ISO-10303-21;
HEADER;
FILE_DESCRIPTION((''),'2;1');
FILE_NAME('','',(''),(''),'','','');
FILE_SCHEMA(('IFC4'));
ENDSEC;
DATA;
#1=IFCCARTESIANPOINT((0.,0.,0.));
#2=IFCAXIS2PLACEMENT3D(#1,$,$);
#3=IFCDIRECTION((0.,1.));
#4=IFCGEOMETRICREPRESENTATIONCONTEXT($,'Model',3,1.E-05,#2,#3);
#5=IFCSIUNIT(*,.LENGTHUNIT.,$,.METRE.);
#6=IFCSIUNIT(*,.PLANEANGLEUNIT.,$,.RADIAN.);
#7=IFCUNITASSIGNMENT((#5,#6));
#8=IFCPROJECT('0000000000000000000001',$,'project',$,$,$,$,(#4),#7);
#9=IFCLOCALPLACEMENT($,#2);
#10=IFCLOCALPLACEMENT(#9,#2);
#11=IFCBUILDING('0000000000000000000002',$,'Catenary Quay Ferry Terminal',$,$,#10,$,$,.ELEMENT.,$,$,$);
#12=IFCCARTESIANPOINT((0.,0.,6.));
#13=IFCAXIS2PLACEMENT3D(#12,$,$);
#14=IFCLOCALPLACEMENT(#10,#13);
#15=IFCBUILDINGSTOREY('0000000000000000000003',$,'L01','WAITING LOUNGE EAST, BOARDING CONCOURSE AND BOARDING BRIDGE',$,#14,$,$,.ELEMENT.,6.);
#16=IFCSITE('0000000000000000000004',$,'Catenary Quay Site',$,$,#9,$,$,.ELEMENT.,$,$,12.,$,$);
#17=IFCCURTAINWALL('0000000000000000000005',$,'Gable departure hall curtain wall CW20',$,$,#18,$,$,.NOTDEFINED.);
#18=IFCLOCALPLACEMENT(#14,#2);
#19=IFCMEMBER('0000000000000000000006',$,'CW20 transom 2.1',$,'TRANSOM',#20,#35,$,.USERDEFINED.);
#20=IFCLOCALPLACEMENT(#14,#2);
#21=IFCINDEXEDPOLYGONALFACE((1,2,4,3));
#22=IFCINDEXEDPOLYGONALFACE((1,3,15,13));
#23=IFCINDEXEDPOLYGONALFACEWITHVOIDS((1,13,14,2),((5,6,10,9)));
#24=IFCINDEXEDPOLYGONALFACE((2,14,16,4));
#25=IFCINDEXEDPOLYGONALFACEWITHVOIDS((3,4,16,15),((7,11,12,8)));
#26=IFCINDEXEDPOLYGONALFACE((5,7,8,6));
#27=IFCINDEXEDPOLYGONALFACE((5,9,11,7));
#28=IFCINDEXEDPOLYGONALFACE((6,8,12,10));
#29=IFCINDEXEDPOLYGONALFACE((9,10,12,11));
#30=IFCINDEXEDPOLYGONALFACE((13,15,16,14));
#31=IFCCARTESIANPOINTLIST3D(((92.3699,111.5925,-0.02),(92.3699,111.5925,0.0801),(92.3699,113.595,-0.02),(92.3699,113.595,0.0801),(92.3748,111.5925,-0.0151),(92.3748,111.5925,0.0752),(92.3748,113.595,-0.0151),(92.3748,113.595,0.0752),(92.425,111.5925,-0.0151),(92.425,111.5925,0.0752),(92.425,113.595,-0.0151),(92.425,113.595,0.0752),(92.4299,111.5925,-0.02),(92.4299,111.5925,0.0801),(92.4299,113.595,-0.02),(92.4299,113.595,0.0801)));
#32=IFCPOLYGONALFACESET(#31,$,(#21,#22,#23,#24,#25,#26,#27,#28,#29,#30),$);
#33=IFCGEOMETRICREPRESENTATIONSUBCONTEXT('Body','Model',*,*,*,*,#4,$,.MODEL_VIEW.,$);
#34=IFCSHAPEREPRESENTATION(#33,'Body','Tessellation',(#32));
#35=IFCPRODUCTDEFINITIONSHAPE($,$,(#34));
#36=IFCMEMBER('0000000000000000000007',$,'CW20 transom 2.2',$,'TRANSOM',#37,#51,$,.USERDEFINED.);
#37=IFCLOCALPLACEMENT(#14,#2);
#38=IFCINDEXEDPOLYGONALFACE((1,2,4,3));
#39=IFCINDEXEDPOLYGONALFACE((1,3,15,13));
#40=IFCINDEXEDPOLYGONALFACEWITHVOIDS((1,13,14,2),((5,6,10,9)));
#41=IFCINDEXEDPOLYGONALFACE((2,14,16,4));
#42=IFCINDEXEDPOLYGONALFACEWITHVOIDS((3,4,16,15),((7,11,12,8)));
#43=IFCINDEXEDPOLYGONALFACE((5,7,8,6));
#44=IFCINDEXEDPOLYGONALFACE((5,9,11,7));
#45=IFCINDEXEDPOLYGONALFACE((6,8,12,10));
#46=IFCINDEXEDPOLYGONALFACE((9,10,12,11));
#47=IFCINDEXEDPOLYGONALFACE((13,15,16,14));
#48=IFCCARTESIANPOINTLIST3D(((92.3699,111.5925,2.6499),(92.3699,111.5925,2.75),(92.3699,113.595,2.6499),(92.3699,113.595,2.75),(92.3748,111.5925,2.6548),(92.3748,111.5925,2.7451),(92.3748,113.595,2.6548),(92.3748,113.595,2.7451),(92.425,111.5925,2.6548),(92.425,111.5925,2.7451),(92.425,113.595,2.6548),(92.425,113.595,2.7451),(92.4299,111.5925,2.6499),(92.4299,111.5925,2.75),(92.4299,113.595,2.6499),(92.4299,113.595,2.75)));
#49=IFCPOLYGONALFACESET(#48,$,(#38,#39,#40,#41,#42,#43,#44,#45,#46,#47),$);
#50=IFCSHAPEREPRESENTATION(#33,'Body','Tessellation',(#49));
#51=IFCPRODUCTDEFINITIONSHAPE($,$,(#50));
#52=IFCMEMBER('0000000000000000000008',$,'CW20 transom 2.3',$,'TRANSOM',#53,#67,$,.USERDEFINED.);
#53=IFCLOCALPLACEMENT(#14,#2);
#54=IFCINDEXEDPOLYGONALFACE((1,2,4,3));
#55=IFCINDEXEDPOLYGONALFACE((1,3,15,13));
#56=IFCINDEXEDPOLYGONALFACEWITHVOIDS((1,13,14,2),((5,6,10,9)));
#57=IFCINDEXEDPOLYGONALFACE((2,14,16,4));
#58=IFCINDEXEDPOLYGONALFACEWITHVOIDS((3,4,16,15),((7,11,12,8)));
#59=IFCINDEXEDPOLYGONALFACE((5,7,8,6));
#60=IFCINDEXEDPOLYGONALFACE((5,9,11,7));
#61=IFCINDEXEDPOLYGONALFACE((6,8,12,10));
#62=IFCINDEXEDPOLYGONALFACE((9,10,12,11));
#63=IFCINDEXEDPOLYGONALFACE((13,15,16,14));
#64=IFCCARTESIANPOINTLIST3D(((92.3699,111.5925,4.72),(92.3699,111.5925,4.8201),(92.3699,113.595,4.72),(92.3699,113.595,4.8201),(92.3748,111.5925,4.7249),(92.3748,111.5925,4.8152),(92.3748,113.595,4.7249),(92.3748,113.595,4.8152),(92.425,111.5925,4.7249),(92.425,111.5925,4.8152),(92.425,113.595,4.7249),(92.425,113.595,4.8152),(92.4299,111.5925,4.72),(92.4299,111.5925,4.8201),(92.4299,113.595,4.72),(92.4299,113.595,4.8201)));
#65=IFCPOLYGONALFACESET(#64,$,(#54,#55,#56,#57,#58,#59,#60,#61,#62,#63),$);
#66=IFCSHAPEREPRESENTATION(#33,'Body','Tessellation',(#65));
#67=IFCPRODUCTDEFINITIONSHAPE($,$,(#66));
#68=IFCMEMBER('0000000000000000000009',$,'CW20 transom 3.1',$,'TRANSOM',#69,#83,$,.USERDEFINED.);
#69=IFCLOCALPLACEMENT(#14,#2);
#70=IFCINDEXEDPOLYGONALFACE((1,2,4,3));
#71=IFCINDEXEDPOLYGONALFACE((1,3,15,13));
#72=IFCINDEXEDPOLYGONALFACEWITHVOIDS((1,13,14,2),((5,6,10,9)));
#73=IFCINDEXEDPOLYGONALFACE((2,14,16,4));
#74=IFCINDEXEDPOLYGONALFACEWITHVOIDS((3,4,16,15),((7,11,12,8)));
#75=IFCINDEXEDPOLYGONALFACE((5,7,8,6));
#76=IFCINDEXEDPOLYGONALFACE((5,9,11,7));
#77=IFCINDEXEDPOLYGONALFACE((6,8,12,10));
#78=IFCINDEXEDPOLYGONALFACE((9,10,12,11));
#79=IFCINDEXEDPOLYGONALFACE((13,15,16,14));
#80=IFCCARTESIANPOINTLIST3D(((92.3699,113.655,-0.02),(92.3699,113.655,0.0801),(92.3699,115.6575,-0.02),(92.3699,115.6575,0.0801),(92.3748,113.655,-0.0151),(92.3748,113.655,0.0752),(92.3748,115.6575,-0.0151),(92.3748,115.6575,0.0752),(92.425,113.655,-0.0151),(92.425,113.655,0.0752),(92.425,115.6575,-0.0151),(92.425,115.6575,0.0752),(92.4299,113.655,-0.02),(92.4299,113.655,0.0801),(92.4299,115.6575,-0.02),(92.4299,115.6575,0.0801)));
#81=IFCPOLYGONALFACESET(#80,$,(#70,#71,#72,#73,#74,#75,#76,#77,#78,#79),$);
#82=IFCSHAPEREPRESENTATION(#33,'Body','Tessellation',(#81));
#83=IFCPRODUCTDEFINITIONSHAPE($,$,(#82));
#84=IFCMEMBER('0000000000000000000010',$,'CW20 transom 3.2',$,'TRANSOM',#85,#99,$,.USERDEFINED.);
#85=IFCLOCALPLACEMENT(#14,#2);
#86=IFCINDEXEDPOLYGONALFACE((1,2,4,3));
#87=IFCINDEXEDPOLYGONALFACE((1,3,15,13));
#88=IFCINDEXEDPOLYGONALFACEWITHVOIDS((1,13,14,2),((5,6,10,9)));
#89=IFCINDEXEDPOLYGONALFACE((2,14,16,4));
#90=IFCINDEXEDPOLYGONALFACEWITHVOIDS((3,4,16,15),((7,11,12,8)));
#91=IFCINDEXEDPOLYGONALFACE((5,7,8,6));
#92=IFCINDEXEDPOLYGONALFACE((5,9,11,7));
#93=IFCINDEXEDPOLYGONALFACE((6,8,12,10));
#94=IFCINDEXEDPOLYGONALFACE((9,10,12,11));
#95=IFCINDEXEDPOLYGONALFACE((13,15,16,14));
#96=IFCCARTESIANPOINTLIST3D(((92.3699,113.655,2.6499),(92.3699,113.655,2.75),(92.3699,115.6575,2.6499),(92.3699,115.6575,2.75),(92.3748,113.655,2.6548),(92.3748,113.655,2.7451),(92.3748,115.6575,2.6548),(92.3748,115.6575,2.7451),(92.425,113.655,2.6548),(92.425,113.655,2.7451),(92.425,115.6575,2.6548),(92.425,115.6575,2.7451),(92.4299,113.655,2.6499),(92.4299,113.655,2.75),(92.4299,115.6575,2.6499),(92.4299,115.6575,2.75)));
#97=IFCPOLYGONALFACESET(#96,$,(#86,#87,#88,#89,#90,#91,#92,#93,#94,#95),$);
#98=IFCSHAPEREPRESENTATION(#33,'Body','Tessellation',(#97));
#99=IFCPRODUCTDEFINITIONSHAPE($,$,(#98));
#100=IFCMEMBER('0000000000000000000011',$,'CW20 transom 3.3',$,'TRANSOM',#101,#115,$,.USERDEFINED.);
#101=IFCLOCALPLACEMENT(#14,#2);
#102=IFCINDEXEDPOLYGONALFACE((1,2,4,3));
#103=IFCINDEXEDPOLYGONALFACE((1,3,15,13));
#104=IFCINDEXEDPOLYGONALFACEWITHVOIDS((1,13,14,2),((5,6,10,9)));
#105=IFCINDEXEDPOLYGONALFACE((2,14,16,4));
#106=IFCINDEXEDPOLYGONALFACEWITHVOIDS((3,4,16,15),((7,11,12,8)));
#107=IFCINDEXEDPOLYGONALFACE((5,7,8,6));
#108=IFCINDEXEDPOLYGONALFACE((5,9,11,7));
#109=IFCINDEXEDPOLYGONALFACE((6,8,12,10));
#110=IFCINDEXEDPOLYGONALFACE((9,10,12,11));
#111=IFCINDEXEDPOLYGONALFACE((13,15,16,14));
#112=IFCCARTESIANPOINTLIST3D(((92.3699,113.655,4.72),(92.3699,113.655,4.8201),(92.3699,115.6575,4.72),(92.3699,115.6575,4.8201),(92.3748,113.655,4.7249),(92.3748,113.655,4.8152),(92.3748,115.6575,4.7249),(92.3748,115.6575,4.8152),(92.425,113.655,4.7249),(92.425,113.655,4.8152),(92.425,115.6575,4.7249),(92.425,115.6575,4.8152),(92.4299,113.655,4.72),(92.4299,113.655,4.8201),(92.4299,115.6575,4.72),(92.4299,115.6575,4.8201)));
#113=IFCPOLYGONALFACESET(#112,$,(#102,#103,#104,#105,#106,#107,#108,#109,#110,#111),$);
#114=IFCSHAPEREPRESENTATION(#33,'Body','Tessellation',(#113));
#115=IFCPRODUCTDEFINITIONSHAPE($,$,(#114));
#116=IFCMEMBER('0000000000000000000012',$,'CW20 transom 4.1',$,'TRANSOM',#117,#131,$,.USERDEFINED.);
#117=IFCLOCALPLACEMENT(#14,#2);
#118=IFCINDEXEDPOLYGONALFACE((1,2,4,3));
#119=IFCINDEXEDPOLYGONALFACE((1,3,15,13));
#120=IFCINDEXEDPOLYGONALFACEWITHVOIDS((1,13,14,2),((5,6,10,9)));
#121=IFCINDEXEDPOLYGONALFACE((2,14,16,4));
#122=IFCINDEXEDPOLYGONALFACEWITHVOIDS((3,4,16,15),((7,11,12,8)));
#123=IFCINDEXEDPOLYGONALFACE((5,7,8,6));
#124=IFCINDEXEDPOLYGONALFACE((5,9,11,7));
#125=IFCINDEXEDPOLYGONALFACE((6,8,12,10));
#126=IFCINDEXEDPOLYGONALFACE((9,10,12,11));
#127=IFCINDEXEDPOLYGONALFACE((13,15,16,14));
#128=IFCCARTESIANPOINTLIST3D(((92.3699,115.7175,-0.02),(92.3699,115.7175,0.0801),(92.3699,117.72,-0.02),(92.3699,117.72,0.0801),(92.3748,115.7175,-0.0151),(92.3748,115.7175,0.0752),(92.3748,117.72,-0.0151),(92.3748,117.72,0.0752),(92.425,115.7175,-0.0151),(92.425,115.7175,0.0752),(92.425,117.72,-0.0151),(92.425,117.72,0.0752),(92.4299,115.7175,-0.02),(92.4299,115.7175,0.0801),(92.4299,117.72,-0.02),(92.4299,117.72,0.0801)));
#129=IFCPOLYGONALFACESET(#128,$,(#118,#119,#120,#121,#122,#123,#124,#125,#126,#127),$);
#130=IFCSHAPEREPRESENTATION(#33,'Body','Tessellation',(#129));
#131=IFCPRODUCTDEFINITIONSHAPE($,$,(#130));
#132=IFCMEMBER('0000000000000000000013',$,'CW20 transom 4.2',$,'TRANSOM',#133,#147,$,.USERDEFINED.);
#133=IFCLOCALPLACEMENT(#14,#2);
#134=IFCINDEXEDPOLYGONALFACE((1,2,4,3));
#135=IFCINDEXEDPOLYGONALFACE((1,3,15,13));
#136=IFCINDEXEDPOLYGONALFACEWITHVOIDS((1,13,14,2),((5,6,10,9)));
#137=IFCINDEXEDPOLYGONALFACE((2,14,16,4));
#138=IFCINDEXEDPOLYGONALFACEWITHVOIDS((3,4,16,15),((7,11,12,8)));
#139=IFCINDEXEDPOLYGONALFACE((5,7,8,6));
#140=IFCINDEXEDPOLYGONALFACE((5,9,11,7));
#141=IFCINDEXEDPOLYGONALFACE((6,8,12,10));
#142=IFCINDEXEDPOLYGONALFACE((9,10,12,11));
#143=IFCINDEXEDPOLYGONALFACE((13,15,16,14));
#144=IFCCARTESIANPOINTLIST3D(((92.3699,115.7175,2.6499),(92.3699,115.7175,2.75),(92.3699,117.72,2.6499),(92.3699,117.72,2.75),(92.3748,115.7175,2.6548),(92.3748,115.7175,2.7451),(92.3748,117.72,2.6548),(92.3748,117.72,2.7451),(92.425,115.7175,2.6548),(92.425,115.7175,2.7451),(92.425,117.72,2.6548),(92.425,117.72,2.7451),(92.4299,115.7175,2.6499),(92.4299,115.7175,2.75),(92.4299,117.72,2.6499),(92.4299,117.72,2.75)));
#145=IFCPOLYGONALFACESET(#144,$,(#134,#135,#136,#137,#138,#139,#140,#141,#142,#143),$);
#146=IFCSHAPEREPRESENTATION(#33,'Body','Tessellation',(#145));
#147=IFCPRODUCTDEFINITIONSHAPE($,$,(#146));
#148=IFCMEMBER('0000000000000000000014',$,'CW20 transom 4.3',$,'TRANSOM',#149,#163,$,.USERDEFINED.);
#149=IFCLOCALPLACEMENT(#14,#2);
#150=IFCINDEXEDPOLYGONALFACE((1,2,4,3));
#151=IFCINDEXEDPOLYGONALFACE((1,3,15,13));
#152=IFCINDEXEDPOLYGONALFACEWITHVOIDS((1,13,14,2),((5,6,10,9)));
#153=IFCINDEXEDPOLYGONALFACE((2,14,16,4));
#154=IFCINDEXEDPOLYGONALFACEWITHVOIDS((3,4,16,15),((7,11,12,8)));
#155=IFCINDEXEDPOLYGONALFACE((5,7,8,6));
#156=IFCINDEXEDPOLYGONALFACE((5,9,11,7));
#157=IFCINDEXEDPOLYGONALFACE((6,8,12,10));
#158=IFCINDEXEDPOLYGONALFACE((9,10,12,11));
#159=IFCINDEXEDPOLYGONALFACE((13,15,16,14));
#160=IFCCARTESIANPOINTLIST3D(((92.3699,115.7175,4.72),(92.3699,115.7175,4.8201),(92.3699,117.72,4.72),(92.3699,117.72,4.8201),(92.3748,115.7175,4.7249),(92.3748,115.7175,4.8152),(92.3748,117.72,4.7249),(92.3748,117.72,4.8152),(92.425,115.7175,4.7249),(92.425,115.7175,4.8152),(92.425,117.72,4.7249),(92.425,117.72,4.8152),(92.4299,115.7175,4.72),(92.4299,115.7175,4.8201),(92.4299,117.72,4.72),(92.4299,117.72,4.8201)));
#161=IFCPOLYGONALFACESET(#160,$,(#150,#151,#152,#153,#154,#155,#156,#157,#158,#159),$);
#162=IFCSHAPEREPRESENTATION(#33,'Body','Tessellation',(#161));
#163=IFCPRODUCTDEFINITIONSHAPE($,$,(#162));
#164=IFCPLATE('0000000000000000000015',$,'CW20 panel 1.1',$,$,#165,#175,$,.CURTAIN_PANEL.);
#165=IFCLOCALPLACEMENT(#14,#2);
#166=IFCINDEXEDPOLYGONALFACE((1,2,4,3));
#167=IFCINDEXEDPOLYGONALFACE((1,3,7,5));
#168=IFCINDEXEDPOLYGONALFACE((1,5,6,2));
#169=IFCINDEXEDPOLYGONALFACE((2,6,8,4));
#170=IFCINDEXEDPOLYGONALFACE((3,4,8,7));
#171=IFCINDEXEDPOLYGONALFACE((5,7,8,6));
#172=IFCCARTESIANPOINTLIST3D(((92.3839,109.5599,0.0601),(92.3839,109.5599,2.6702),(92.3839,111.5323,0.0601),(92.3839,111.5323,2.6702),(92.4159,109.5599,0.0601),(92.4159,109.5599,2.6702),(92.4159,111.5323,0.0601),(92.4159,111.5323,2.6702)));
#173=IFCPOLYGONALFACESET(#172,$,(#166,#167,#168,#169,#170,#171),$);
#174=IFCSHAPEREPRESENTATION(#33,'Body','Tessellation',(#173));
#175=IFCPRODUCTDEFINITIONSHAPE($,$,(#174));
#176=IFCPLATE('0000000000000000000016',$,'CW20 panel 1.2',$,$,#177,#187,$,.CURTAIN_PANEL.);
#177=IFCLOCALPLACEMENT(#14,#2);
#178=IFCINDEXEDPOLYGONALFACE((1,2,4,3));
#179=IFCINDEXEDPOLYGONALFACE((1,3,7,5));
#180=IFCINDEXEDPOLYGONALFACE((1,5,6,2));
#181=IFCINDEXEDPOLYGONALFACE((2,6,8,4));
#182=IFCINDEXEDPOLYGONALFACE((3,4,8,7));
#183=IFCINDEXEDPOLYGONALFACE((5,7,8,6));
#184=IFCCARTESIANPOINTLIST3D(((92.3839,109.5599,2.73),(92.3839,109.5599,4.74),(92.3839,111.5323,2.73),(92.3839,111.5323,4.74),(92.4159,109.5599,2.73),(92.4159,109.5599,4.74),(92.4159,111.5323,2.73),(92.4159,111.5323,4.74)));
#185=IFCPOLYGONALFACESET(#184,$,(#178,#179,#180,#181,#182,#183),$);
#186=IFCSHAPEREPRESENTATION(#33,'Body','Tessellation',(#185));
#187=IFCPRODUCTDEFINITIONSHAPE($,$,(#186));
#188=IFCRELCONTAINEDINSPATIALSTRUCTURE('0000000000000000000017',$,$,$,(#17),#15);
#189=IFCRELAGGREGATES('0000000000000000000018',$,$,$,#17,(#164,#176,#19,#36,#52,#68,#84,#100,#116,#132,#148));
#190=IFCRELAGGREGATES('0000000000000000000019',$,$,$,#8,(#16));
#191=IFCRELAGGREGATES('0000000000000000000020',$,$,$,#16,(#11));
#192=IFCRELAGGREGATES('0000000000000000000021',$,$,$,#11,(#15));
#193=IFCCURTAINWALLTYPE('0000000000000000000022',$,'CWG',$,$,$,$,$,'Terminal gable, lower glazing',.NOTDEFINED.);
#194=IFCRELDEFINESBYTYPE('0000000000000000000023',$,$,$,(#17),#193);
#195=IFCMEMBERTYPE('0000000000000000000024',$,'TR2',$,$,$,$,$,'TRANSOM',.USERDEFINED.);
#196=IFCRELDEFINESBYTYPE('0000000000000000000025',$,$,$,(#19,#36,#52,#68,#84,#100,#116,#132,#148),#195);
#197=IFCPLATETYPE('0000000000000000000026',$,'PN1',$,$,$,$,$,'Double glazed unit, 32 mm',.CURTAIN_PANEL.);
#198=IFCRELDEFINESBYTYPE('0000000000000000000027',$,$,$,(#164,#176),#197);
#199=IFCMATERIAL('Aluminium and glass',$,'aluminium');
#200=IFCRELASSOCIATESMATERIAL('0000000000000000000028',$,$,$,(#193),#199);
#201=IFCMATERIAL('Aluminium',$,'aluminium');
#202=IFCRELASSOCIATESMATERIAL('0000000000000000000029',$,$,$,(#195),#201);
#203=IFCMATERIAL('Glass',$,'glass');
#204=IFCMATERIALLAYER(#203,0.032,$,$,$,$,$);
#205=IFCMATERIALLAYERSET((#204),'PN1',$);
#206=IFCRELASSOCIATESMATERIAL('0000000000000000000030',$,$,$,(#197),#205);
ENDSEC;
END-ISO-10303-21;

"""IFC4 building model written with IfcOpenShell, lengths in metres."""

from ifc_helpers import new_model, si_unit, direction, frame, origin, origin_2d, place, context, subcontext, project, spatial, rectangle, hollow_rectangle, extrude, material, layer, layer_set, material_profile, profile_set, type_object, element, aggregate, save


model = new_model("IFC4")

# Units and contexts
model_context = context("Model", 3, precision=1e-05, world=origin(), true_north=direction((0.0, 1.0)))
body_context = subcontext(model_context, "Body", "Model", "MODEL_VIEW")
ifc_project = project(units=[si_unit("LENGTHUNIT", "METRE"), si_unit("PLANEANGLEUNIT", "RADIAN")], contexts=[model_context])

# Site, building, storey
site_placement = place(None, origin())
site = spatial("IfcSite", under=ifc_project, at=site_placement, Name="Catenary Quay Site", CompositionType="ELEMENT", RefElevation=12.0)
building_placement = place(site_placement, origin())
building = spatial("IfcBuilding", under=site, at=building_placement, Name="Catenary Quay Ferry Terminal", CompositionType="ELEMENT")
storey_placement = place(building_placement, frame((0.0, 0.0, 6.0)))
storey = spatial("IfcBuildingStorey", under=building, at=storey_placement, Name="L01", Description="WAITING LOUNGE EAST, BOARDING CONCOURSE AND BOARDING BRIDGE", CompositionType="ELEMENT", Elevation=6.0)

# Curtain wall, members, plates
ifc_material_1 = material(Name="Aluminium and glass", Category="aluminium")
curtain_wall_type = type_object("IfcCurtainWallType", Name="CWG", ElementType="Terminal gable, lower glazing", PredefinedType="NOTDEFINED", material=ifc_material_1)
curtain_wall_placement = place(storey_placement, origin())
curtain_wall = element("IfcCurtainWall", 1, at=curtain_wall_placement, inside=storey, type_object=curtain_wall_type, Name="Gable departure hall curtain wall CW20", PredefinedType="NOTDEFINED")
ifc_material_2 = material(Name="Aluminium", Category="aluminium")
ifc_material_profile_1 = material_profile(ifc_material_2, hollow_rectangle(XDim=0.0601, YDim=0.1001, WallThickness=0.0049, at=origin_2d()), Name="TR2")
ifc_profile_set_1 = profile_set([ifc_material_profile_1], Name="Aluminium")
member_type_1 = type_object("IfcMemberType", Name="TR2", ElementType="TRANSOM", PredefinedType="USERDEFINED", material=ifc_profile_set_1)
member_1_placement = place(storey_placement, frame((92.3999, 111.5925, 0.03), z_axis=(0.0, 1.0, 0.0), x_axis=(-1.0, 0.0, 0.0)))
member_1 = element("IfcMember", 2, at=member_1_placement, type_object=member_type_1, Name="CW20 transom 2.1", ObjectType="TRANSOM", PredefinedType="USERDEFINED", context=body_context, shape_type="SweptSolid", body=[
    extrude(hollow_rectangle(XDim=0.0601, YDim=0.1001, WallThickness=0.0049, at=origin_2d()), origin(), (0.0, 0.0, 1.0), 2.0024),
])
member_2_placement = place(storey_placement, frame((92.3999, 111.5925, 2.7), z_axis=(0.0, 1.0, 0.0), x_axis=(-1.0, 0.0, 0.0)))
member_2 = element("IfcMember", 3, at=member_2_placement, type_object=member_type_1, Name="CW20 transom 2.2", ObjectType="TRANSOM", PredefinedType="USERDEFINED", context=body_context, shape_type="SweptSolid", body=[
    extrude(hollow_rectangle(XDim=0.0601, YDim=0.1001, WallThickness=0.0049, at=origin_2d()), origin(), (0.0, 0.0, 1.0), 2.0024),
])
member_3_placement = place(storey_placement, frame((92.3999, 111.5925, 4.77), z_axis=(0.0, 1.0, 0.0), x_axis=(-1.0, 0.0, 0.0)))
member_3 = element("IfcMember", 4, at=member_3_placement, type_object=member_type_1, Name="CW20 transom 2.3", ObjectType="TRANSOM", PredefinedType="USERDEFINED", context=body_context, shape_type="SweptSolid", body=[
    extrude(hollow_rectangle(XDim=0.0601, YDim=0.1001, WallThickness=0.0049, at=origin_2d()), origin(), (0.0, 0.0, 1.0), 2.0024),
])
member_4_placement = place(storey_placement, frame((92.3999, 113.655, 0.03), z_axis=(0.0, 1.0, 0.0), x_axis=(-1.0, 0.0, 0.0)))
member_4 = element("IfcMember", 5, at=member_4_placement, type_object=member_type_1, Name="CW20 transom 3.1", ObjectType="TRANSOM", PredefinedType="USERDEFINED", context=body_context, shape_type="SweptSolid", body=[
    extrude(hollow_rectangle(XDim=0.0601, YDim=0.1001, WallThickness=0.0049, at=origin_2d()), origin(), (0.0, 0.0, 1.0), 2.0024),
])
member_5_placement = place(storey_placement, frame((92.3999, 113.655, 2.7), z_axis=(0.0, 1.0, 0.0), x_axis=(-1.0, 0.0, 0.0)))
member_5 = element("IfcMember", 6, at=member_5_placement, type_object=member_type_1, Name="CW20 transom 3.2", ObjectType="TRANSOM", PredefinedType="USERDEFINED", context=body_context, shape_type="SweptSolid", body=[
    extrude(hollow_rectangle(XDim=0.0601, YDim=0.1001, WallThickness=0.0049, at=origin_2d()), origin(), (0.0, 0.0, 1.0), 2.0024),
])
member_6_placement = place(storey_placement, frame((92.3999, 113.655, 4.77), z_axis=(0.0, 1.0, 0.0), x_axis=(-1.0, 0.0, 0.0)))
member_6 = element("IfcMember", 7, at=member_6_placement, type_object=member_type_1, Name="CW20 transom 3.3", ObjectType="TRANSOM", PredefinedType="USERDEFINED", context=body_context, shape_type="SweptSolid", body=[
    extrude(hollow_rectangle(XDim=0.0601, YDim=0.1001, WallThickness=0.0049, at=origin_2d()), origin(), (0.0, 0.0, 1.0), 2.0024),
])
member_7_placement = place(storey_placement, frame((92.3999, 115.7175, 0.03), z_axis=(0.0, 1.0, 0.0), x_axis=(-1.0, 0.0, 0.0)))
member_7 = element("IfcMember", 8, at=member_7_placement, type_object=member_type_1, Name="CW20 transom 4.1", ObjectType="TRANSOM", PredefinedType="USERDEFINED", context=body_context, shape_type="SweptSolid", body=[
    extrude(hollow_rectangle(XDim=0.0601, YDim=0.1001, WallThickness=0.0049, at=origin_2d()), origin(), (0.0, 0.0, 1.0), 2.0024),
])
member_8_placement = place(storey_placement, frame((92.3999, 115.7175, 2.7), z_axis=(0.0, 1.0, 0.0), x_axis=(-1.0, 0.0, 0.0)))
member_8 = element("IfcMember", 9, at=member_8_placement, type_object=member_type_1, Name="CW20 transom 4.2", ObjectType="TRANSOM", PredefinedType="USERDEFINED", context=body_context, shape_type="SweptSolid", body=[
    extrude(hollow_rectangle(XDim=0.0601, YDim=0.1001, WallThickness=0.0049, at=origin_2d()), origin(), (0.0, 0.0, 1.0), 2.0024),
])
member_9_placement = place(storey_placement, frame((92.3999, 115.7175, 4.77), z_axis=(0.0, 1.0, 0.0), x_axis=(-1.0, 0.0, 0.0)))
member_9 = element("IfcMember", 10, at=member_9_placement, type_object=member_type_1, Name="CW20 transom 4.3", ObjectType="TRANSOM", PredefinedType="USERDEFINED", context=body_context, shape_type="SweptSolid", body=[
    extrude(hollow_rectangle(XDim=0.0601, YDim=0.1001, WallThickness=0.0049, at=origin_2d()), origin(), (0.0, 0.0, 1.0), 2.0024),
])
ifc_material_3 = material(Name="Glass", Category="glass")
ifc_layer = layer(ifc_material_3, 0.032)
ifc_layer_set = layer_set([ifc_layer], Name="PN1")
plate_type = type_object("IfcPlateType", Name="PN1", ElementType="Double glazed unit, 32 mm", PredefinedType="CURTAIN_PANEL", material=ifc_layer_set)
plate_1_placement = place(storey_placement, frame((92.3999, 110.5461, 0.0601), z_axis=(0.0, 0.0, 1.0), x_axis=(0.0, 1.0, 0.0)))
plate_1 = element("IfcPlate", 11, at=plate_1_placement, type_object=plate_type, Name="CW20 panel 1.1", PredefinedType="CURTAIN_PANEL", context=body_context, shape_type="SweptSolid", body=[
    extrude(rectangle(XDim=1.9724, YDim=0.032, at=origin_2d()), origin(), (0.0, 0.0, 1.0), 2.6101),
])
plate_2_placement = place(storey_placement, frame((92.3999, 110.5461, 2.73), z_axis=(0.0, 0.0, 1.0), x_axis=(0.0, 1.0, 0.0)))
plate_2 = element("IfcPlate", 12, at=plate_2_placement, type_object=plate_type, Name="CW20 panel 1.2", PredefinedType="CURTAIN_PANEL", context=body_context, shape_type="SweptSolid", body=[
    extrude(rectangle(XDim=1.9724, YDim=0.032, at=origin_2d()), origin(), (0.0, 0.0, 1.0), 2.01),
])
aggregate(curtain_wall, [plate_1, plate_2, member_1, member_2, member_3, member_4, member_5, member_6, member_7, member_8, member_9])

save(model, "model.ifc")
